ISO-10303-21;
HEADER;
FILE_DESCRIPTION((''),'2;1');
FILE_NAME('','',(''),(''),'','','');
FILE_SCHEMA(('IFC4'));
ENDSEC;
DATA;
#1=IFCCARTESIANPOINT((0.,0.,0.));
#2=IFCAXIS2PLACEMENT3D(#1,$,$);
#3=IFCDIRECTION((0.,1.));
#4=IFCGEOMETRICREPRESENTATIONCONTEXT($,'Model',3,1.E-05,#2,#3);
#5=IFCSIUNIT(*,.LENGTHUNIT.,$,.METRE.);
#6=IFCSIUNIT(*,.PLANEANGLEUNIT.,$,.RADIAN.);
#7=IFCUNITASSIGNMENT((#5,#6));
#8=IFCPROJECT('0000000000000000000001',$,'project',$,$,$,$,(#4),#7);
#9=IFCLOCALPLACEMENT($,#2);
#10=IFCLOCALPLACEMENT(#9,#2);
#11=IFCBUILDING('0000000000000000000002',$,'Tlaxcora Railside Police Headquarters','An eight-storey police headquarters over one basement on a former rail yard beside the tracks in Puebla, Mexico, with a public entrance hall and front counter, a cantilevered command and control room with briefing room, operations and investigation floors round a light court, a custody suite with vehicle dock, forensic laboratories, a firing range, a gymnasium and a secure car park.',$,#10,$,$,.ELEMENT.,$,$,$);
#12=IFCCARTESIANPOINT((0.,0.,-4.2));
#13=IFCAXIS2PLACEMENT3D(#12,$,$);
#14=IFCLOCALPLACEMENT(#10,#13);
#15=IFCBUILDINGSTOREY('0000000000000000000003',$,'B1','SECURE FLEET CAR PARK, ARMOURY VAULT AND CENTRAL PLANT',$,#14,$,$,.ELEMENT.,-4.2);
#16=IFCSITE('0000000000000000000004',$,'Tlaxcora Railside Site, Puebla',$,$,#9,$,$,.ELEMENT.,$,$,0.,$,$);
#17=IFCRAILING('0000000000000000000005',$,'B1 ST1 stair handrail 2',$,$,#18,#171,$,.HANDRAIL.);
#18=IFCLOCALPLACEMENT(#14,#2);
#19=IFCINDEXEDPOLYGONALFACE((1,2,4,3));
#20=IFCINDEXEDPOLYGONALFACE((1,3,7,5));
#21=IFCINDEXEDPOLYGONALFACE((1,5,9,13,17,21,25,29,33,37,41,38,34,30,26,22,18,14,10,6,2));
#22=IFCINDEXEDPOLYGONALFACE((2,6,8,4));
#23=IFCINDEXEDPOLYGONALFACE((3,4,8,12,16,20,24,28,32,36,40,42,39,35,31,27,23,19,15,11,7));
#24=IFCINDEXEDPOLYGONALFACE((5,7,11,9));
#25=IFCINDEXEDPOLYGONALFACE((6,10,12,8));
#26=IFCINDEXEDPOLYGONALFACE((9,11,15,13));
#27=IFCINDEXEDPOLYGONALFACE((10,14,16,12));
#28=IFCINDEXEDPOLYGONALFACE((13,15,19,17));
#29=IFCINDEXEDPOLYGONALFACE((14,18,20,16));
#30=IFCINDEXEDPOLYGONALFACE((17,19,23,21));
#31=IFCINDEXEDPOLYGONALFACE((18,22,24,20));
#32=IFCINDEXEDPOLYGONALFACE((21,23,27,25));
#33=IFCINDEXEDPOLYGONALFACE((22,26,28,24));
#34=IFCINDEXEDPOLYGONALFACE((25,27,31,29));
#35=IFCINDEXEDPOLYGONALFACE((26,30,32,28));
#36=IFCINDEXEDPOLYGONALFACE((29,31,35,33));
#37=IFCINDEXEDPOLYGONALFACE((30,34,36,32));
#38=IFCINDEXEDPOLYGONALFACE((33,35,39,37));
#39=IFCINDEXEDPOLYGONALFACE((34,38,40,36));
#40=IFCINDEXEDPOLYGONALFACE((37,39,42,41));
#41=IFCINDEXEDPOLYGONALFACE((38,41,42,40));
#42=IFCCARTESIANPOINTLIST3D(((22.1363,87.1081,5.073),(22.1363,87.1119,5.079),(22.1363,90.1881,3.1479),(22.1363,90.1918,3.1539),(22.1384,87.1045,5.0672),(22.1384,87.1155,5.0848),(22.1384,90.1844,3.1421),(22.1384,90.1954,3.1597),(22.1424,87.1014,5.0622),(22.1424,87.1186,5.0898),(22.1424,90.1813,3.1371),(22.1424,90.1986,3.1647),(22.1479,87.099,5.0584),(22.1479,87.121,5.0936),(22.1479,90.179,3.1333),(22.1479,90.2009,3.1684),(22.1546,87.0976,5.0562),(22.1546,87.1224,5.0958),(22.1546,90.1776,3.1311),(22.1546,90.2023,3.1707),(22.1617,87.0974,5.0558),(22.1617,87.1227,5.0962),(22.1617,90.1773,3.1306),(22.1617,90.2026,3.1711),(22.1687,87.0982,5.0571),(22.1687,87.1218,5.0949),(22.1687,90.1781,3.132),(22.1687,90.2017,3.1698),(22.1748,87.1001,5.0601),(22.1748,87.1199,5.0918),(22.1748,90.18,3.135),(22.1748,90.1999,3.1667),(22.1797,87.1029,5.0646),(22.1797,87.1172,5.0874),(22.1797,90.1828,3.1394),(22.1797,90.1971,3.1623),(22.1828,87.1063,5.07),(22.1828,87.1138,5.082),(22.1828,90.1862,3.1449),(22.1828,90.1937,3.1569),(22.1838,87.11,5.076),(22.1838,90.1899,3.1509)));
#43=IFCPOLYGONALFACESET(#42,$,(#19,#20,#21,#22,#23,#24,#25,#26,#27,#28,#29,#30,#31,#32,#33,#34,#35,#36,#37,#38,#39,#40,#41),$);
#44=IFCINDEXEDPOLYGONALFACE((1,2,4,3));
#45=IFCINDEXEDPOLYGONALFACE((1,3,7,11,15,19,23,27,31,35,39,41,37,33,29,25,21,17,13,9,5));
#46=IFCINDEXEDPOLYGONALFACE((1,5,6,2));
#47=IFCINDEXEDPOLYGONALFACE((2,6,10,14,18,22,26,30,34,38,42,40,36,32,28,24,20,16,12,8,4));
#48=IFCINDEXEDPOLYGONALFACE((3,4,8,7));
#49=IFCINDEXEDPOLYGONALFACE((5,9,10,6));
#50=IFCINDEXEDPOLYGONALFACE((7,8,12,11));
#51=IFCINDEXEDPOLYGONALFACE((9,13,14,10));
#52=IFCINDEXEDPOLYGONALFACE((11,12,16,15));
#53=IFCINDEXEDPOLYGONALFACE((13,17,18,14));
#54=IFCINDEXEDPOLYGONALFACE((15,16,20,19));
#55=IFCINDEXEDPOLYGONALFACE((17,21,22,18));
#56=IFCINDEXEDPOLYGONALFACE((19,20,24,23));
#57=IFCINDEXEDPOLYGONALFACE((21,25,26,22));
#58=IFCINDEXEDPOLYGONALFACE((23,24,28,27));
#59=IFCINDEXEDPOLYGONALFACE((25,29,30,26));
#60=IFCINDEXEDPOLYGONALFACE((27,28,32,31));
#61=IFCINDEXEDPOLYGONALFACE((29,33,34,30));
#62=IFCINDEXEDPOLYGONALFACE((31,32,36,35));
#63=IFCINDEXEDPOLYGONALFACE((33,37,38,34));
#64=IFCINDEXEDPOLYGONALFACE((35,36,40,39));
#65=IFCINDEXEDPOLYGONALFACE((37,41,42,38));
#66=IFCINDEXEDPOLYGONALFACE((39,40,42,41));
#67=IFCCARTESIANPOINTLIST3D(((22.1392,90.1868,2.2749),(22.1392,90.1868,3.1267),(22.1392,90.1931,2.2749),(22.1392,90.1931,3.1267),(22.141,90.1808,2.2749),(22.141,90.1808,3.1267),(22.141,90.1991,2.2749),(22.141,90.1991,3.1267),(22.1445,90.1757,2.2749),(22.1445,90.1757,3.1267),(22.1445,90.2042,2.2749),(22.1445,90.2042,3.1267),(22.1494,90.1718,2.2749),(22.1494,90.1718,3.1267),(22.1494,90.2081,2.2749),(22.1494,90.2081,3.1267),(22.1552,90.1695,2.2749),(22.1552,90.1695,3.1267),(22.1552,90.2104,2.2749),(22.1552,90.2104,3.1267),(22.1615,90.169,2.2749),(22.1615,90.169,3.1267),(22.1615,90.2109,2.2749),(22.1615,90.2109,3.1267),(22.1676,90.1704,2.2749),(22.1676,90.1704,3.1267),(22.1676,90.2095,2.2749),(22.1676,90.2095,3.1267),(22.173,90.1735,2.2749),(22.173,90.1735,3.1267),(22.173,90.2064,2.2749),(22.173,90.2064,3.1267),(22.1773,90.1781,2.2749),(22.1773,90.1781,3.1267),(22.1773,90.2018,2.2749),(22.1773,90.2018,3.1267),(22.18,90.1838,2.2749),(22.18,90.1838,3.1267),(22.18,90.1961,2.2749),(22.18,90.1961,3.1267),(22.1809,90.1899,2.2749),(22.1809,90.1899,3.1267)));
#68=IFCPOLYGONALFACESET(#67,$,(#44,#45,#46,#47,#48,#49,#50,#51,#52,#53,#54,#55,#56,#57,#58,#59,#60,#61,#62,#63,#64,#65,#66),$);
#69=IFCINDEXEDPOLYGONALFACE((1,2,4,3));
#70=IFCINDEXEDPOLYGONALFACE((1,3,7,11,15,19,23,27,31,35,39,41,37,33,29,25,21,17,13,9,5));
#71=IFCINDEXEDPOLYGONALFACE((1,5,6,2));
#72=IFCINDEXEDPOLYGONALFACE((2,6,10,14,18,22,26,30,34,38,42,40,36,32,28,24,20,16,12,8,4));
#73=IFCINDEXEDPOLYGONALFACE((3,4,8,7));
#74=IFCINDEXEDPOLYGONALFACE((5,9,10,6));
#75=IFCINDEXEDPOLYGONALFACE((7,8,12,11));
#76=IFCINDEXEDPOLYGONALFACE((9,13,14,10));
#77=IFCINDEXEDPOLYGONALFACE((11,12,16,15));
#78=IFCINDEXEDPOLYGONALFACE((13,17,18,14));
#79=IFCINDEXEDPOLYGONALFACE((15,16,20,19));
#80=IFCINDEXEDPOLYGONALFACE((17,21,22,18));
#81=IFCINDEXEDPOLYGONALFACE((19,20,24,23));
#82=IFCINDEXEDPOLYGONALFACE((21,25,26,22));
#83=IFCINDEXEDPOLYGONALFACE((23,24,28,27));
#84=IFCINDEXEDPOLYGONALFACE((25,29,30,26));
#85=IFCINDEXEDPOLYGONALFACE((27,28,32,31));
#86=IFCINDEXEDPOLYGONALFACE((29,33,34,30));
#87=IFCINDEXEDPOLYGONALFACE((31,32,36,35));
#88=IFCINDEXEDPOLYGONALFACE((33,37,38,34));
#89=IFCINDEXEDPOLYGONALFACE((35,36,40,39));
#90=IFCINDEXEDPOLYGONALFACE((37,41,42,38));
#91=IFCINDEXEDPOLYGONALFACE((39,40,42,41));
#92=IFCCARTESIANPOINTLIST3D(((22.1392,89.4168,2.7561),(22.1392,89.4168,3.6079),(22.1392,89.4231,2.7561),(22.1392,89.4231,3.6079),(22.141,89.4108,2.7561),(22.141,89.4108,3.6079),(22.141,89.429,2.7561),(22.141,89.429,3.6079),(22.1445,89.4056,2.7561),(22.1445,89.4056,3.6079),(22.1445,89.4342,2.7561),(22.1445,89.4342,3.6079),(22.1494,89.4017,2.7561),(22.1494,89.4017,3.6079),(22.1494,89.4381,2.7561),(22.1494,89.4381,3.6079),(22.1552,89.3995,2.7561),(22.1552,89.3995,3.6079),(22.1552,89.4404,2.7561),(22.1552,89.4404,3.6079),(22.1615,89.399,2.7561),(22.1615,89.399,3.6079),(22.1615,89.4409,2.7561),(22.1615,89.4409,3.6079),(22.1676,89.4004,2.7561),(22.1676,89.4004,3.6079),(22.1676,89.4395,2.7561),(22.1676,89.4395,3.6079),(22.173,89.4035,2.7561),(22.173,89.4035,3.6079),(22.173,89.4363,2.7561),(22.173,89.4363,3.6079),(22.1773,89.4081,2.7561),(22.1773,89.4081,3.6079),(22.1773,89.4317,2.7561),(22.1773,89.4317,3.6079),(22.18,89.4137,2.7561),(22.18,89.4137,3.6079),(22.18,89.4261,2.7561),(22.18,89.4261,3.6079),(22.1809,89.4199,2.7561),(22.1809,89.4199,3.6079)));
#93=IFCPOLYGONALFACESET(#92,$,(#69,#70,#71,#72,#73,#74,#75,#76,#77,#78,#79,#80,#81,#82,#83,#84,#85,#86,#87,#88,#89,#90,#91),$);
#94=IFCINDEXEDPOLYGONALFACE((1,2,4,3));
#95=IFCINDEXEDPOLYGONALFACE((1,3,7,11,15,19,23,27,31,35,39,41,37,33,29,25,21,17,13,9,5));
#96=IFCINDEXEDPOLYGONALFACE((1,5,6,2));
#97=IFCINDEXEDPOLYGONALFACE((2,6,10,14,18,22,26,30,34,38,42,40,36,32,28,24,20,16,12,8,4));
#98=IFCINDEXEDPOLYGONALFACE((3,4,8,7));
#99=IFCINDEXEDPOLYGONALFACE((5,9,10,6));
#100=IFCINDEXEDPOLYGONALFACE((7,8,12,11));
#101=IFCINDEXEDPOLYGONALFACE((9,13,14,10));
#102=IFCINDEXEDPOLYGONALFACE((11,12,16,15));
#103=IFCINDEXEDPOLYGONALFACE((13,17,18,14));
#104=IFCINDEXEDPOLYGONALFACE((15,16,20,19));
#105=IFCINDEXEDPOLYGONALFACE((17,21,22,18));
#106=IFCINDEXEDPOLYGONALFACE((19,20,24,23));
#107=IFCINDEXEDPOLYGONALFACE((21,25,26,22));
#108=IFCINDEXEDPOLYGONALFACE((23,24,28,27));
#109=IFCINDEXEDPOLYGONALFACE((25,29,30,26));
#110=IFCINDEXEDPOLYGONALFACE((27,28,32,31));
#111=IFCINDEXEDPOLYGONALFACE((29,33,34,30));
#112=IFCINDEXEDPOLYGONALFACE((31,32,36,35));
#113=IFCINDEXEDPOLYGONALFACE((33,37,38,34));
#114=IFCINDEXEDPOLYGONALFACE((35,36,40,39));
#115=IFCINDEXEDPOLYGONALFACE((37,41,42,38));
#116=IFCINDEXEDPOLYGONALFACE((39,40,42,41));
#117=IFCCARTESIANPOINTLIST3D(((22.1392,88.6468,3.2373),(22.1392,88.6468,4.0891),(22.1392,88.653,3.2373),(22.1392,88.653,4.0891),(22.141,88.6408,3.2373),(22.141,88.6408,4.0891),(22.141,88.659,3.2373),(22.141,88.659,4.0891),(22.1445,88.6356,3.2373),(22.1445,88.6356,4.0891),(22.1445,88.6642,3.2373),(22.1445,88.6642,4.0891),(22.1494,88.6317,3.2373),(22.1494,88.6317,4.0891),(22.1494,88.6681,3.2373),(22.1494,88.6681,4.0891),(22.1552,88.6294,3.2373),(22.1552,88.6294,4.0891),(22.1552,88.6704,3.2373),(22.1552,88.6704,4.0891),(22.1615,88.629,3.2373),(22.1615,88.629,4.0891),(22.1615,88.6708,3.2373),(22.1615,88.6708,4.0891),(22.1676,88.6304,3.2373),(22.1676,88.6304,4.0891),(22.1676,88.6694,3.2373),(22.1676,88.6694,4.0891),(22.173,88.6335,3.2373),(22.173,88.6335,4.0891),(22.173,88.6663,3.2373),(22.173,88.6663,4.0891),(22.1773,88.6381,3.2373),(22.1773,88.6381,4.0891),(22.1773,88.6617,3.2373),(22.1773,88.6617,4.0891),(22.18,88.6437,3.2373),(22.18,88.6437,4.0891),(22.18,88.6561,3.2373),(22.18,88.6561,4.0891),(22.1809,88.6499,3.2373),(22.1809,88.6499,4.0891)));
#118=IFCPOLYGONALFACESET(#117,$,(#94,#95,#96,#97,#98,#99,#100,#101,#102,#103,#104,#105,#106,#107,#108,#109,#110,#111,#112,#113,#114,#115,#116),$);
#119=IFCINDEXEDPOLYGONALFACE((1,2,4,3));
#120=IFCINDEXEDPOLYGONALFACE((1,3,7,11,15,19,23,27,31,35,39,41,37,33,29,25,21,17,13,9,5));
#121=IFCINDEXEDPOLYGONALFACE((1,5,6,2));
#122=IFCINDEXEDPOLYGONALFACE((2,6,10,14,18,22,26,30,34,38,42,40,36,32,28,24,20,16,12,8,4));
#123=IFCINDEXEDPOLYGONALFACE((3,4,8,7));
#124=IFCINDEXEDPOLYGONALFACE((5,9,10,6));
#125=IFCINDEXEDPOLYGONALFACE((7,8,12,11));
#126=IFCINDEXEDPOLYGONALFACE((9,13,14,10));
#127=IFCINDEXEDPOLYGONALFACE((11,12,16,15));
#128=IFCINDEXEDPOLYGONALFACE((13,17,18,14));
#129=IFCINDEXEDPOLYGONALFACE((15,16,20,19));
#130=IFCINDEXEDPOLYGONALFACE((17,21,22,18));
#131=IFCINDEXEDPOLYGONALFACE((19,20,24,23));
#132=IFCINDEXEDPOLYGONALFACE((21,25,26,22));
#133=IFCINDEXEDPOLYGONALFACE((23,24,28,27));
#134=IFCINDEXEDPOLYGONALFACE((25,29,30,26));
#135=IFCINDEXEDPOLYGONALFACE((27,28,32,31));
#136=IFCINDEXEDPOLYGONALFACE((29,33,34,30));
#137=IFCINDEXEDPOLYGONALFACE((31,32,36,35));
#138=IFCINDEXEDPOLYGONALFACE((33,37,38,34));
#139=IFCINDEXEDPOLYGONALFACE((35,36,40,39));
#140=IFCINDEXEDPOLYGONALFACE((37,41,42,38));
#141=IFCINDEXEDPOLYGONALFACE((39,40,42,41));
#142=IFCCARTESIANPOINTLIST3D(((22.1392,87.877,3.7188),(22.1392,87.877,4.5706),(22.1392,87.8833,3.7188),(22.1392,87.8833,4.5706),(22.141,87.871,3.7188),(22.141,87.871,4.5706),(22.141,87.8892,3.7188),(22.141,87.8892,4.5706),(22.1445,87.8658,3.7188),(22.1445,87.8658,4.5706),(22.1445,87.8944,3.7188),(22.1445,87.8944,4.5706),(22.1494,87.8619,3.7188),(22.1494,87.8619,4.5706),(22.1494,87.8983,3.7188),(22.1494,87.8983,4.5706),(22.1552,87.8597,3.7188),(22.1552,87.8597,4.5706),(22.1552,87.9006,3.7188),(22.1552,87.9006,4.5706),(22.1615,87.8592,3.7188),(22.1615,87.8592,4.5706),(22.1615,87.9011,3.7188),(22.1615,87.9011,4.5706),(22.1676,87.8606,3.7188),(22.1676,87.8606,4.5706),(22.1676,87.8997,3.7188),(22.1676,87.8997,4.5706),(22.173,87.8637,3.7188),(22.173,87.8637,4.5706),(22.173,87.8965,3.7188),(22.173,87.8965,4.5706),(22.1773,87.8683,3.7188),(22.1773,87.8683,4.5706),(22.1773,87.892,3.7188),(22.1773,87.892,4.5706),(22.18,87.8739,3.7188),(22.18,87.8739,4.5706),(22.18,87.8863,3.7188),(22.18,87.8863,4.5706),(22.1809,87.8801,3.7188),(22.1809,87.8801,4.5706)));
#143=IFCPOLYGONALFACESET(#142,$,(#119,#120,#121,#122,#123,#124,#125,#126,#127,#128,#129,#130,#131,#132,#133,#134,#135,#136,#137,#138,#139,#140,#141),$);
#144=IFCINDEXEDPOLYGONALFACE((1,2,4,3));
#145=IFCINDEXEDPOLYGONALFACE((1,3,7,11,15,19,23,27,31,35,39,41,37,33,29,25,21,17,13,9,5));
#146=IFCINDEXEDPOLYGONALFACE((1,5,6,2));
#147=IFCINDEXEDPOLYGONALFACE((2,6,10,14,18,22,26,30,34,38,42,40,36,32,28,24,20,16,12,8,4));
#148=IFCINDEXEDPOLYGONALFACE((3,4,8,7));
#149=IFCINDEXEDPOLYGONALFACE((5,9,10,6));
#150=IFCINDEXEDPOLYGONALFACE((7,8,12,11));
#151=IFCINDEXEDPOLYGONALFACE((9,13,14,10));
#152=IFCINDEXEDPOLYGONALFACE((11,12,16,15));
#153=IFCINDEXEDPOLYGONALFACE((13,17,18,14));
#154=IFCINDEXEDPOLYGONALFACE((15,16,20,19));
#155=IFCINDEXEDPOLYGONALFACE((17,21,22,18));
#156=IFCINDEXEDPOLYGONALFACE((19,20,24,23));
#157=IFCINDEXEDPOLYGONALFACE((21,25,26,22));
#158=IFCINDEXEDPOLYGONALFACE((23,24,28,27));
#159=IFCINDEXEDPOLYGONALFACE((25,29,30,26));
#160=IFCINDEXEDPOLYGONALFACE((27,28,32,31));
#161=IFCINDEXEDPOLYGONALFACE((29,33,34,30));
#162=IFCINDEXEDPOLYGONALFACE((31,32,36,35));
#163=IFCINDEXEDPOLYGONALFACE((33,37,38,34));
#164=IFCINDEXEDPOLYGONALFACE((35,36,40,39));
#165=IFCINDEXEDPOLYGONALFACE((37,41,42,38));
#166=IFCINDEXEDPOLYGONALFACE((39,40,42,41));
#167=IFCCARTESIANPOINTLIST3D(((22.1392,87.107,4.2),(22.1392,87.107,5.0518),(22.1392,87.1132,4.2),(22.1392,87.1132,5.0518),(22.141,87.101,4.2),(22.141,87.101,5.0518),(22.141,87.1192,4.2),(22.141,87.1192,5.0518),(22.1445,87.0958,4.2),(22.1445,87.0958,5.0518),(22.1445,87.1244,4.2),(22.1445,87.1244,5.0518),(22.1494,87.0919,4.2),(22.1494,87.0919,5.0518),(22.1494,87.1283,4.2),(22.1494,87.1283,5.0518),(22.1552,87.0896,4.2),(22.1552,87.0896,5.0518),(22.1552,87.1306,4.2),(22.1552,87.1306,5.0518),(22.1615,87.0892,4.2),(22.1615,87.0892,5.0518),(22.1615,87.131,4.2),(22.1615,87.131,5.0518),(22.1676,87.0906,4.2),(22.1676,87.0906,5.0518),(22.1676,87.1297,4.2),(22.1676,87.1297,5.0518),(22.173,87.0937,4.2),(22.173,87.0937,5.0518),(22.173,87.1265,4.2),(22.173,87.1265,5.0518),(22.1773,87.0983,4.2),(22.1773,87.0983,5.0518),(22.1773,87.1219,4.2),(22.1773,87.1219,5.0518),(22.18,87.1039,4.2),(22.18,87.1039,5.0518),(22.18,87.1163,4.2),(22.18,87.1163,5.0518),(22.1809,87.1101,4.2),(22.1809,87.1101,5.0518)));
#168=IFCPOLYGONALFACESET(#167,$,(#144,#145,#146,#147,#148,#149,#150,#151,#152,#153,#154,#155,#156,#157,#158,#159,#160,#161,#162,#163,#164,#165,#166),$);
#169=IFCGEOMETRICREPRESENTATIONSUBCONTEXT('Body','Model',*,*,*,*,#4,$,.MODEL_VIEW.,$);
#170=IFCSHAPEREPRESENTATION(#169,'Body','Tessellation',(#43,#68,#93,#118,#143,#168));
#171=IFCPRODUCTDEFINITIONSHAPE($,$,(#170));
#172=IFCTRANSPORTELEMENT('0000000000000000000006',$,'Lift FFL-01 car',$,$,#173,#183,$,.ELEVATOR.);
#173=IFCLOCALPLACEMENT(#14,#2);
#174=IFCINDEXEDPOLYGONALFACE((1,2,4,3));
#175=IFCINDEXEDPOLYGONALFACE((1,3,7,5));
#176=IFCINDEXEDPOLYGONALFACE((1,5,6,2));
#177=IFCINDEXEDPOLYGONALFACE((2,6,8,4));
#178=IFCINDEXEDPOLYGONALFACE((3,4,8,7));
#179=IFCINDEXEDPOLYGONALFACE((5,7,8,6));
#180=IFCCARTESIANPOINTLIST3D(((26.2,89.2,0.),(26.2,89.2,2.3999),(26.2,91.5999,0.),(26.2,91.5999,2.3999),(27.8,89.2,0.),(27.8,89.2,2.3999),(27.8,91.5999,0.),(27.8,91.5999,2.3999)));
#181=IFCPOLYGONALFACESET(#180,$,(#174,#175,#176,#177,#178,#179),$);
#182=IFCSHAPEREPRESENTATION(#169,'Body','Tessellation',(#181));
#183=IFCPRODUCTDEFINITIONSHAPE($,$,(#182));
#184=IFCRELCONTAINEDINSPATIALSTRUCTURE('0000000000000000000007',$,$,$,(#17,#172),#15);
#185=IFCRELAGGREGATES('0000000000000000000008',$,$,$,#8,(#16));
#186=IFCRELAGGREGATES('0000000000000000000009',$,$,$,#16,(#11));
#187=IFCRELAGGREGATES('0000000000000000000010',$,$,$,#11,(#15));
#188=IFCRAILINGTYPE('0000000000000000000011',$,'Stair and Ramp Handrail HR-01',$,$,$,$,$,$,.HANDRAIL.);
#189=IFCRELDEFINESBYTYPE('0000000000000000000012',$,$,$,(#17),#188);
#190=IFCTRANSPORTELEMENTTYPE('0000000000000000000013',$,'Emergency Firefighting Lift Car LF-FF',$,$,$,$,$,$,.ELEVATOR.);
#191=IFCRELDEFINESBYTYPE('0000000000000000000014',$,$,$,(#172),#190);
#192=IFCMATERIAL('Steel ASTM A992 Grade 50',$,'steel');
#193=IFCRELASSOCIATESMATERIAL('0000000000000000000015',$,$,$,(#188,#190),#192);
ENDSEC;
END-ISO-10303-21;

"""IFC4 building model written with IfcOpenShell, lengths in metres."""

from ifc_helpers import new_model, si_unit, direction, frame, origin, origin_2d, place, context, subcontext, project, spatial, rectangle, circle, extrude, material, type_object, element, save


model = new_model("IFC4")

# Units and contexts
model_context = context("Model", 3, precision=1e-05, world=origin(), true_north=direction((0.0, 1.0)))
body_context = subcontext(model_context, "Body", "Model", "MODEL_VIEW")
ifc_project = project(units=[si_unit("LENGTHUNIT", "METRE"), si_unit("PLANEANGLEUNIT", "RADIAN")], contexts=[model_context])

# Site, building, storey
site_placement = place(None, origin())
site = spatial("IfcSite", under=ifc_project, at=site_placement, Name="Tlaxcora Railside Site, Puebla", CompositionType="ELEMENT", RefElevation=0.0)
building_placement = place(site_placement, origin())
building = spatial("IfcBuilding", under=site, at=building_placement, Name="Tlaxcora Railside Police Headquarters", Description="An eight-storey police headquarters over one basement on a former rail yard beside the tracks in Puebla, Mexico, with a public entrance hall and front counter, a cantilevered command and control room with briefing room, operations and investigation floors round a light court, a custody suite with vehicle dock, forensic laboratories, a firing range, a gymnasium and a secure car park.", CompositionType="ELEMENT")
storey_placement = place(building_placement, frame((0.0, 0.0, -4.2)))
storey = spatial("IfcBuildingStorey", under=building, at=storey_placement, Name="B1", Description="SECURE FLEET CAR PARK, ARMOURY VAULT AND CENTRAL PLANT", CompositionType="ELEMENT", Elevation=-4.2)

# Shared definitions
ifc_material_1 = material(Name="Steel ASTM A992 Grade 50", Category="steel")

# Railing
railing_type_1 = type_object("IfcRailingType", Name="Stair and Ramp Handrail HR-01", PredefinedType="HANDRAIL", material=ifc_material_1)
railing_1_placement = place(storey_placement, frame((22.1599, 90.1899, 2.2749)))
element("IfcRailing", 1, at=railing_1_placement, inside=storey, type_object=railing_type_1, Name="B1 ST1 stair handrail 2", PredefinedType="HANDRAIL", context=body_context, shape_type="SweptSolid", body=[
    extrude(circle(Radius=0.0239, at=origin_2d()), frame((0.0, 0.0, 0.876), z_axis=(0.0, -0.847979, 0.530029), x_axis=(1.0, 0.0, 0.0)), (0.0, 0.0, 1.0), 3.6321),
    extrude(circle(Radius=0.021, at=origin_2d()), origin(), (0.0, 0.0, 1.0), 0.8518),
    extrude(circle(Radius=0.021, at=origin_2d()), frame((0.0, -0.77, 0.4812)), (0.0, 0.0, 1.0), 0.8518),
    extrude(circle(Radius=0.021, at=origin_2d()), frame((0.0, -1.54, 0.9624)), (0.0, 0.0, 1.0), 0.8518),
    extrude(circle(Radius=0.021, at=origin_2d()), frame((0.0, -2.3098, 1.4438)), (0.0, 0.0, 1.0), 0.8518),
    extrude(circle(Radius=0.021, at=origin_2d()), frame((0.0, -3.0798, 1.925)), (0.0, 0.0, 1.0), 0.8518),
])

# Transport element
transport_element_type = type_object("IfcTransportElementType", Name="Emergency Firefighting Lift Car LF-FF", PredefinedType="ELEVATOR", material=ifc_material_1)
transport_element_placement = place(storey_placement, frame((27.0, 90.3999, 0.0), z_axis=(0.0, 0.0, 1.0), x_axis=(1.0, 0.0, 0.0)))
element("IfcTransportElement", 2, at=transport_element_placement, inside=storey, type_object=transport_element_type, Name="Lift FFL-01 car", PredefinedType="ELEVATOR", context=body_context, shape_type="SweptSolid", body=[
    extrude(rectangle(XDim=1.6001, YDim=2.3999, at=origin_2d()), origin(), (0.0, 0.0, 1.0), 2.3999),
])

save(model, "model.ifc")
